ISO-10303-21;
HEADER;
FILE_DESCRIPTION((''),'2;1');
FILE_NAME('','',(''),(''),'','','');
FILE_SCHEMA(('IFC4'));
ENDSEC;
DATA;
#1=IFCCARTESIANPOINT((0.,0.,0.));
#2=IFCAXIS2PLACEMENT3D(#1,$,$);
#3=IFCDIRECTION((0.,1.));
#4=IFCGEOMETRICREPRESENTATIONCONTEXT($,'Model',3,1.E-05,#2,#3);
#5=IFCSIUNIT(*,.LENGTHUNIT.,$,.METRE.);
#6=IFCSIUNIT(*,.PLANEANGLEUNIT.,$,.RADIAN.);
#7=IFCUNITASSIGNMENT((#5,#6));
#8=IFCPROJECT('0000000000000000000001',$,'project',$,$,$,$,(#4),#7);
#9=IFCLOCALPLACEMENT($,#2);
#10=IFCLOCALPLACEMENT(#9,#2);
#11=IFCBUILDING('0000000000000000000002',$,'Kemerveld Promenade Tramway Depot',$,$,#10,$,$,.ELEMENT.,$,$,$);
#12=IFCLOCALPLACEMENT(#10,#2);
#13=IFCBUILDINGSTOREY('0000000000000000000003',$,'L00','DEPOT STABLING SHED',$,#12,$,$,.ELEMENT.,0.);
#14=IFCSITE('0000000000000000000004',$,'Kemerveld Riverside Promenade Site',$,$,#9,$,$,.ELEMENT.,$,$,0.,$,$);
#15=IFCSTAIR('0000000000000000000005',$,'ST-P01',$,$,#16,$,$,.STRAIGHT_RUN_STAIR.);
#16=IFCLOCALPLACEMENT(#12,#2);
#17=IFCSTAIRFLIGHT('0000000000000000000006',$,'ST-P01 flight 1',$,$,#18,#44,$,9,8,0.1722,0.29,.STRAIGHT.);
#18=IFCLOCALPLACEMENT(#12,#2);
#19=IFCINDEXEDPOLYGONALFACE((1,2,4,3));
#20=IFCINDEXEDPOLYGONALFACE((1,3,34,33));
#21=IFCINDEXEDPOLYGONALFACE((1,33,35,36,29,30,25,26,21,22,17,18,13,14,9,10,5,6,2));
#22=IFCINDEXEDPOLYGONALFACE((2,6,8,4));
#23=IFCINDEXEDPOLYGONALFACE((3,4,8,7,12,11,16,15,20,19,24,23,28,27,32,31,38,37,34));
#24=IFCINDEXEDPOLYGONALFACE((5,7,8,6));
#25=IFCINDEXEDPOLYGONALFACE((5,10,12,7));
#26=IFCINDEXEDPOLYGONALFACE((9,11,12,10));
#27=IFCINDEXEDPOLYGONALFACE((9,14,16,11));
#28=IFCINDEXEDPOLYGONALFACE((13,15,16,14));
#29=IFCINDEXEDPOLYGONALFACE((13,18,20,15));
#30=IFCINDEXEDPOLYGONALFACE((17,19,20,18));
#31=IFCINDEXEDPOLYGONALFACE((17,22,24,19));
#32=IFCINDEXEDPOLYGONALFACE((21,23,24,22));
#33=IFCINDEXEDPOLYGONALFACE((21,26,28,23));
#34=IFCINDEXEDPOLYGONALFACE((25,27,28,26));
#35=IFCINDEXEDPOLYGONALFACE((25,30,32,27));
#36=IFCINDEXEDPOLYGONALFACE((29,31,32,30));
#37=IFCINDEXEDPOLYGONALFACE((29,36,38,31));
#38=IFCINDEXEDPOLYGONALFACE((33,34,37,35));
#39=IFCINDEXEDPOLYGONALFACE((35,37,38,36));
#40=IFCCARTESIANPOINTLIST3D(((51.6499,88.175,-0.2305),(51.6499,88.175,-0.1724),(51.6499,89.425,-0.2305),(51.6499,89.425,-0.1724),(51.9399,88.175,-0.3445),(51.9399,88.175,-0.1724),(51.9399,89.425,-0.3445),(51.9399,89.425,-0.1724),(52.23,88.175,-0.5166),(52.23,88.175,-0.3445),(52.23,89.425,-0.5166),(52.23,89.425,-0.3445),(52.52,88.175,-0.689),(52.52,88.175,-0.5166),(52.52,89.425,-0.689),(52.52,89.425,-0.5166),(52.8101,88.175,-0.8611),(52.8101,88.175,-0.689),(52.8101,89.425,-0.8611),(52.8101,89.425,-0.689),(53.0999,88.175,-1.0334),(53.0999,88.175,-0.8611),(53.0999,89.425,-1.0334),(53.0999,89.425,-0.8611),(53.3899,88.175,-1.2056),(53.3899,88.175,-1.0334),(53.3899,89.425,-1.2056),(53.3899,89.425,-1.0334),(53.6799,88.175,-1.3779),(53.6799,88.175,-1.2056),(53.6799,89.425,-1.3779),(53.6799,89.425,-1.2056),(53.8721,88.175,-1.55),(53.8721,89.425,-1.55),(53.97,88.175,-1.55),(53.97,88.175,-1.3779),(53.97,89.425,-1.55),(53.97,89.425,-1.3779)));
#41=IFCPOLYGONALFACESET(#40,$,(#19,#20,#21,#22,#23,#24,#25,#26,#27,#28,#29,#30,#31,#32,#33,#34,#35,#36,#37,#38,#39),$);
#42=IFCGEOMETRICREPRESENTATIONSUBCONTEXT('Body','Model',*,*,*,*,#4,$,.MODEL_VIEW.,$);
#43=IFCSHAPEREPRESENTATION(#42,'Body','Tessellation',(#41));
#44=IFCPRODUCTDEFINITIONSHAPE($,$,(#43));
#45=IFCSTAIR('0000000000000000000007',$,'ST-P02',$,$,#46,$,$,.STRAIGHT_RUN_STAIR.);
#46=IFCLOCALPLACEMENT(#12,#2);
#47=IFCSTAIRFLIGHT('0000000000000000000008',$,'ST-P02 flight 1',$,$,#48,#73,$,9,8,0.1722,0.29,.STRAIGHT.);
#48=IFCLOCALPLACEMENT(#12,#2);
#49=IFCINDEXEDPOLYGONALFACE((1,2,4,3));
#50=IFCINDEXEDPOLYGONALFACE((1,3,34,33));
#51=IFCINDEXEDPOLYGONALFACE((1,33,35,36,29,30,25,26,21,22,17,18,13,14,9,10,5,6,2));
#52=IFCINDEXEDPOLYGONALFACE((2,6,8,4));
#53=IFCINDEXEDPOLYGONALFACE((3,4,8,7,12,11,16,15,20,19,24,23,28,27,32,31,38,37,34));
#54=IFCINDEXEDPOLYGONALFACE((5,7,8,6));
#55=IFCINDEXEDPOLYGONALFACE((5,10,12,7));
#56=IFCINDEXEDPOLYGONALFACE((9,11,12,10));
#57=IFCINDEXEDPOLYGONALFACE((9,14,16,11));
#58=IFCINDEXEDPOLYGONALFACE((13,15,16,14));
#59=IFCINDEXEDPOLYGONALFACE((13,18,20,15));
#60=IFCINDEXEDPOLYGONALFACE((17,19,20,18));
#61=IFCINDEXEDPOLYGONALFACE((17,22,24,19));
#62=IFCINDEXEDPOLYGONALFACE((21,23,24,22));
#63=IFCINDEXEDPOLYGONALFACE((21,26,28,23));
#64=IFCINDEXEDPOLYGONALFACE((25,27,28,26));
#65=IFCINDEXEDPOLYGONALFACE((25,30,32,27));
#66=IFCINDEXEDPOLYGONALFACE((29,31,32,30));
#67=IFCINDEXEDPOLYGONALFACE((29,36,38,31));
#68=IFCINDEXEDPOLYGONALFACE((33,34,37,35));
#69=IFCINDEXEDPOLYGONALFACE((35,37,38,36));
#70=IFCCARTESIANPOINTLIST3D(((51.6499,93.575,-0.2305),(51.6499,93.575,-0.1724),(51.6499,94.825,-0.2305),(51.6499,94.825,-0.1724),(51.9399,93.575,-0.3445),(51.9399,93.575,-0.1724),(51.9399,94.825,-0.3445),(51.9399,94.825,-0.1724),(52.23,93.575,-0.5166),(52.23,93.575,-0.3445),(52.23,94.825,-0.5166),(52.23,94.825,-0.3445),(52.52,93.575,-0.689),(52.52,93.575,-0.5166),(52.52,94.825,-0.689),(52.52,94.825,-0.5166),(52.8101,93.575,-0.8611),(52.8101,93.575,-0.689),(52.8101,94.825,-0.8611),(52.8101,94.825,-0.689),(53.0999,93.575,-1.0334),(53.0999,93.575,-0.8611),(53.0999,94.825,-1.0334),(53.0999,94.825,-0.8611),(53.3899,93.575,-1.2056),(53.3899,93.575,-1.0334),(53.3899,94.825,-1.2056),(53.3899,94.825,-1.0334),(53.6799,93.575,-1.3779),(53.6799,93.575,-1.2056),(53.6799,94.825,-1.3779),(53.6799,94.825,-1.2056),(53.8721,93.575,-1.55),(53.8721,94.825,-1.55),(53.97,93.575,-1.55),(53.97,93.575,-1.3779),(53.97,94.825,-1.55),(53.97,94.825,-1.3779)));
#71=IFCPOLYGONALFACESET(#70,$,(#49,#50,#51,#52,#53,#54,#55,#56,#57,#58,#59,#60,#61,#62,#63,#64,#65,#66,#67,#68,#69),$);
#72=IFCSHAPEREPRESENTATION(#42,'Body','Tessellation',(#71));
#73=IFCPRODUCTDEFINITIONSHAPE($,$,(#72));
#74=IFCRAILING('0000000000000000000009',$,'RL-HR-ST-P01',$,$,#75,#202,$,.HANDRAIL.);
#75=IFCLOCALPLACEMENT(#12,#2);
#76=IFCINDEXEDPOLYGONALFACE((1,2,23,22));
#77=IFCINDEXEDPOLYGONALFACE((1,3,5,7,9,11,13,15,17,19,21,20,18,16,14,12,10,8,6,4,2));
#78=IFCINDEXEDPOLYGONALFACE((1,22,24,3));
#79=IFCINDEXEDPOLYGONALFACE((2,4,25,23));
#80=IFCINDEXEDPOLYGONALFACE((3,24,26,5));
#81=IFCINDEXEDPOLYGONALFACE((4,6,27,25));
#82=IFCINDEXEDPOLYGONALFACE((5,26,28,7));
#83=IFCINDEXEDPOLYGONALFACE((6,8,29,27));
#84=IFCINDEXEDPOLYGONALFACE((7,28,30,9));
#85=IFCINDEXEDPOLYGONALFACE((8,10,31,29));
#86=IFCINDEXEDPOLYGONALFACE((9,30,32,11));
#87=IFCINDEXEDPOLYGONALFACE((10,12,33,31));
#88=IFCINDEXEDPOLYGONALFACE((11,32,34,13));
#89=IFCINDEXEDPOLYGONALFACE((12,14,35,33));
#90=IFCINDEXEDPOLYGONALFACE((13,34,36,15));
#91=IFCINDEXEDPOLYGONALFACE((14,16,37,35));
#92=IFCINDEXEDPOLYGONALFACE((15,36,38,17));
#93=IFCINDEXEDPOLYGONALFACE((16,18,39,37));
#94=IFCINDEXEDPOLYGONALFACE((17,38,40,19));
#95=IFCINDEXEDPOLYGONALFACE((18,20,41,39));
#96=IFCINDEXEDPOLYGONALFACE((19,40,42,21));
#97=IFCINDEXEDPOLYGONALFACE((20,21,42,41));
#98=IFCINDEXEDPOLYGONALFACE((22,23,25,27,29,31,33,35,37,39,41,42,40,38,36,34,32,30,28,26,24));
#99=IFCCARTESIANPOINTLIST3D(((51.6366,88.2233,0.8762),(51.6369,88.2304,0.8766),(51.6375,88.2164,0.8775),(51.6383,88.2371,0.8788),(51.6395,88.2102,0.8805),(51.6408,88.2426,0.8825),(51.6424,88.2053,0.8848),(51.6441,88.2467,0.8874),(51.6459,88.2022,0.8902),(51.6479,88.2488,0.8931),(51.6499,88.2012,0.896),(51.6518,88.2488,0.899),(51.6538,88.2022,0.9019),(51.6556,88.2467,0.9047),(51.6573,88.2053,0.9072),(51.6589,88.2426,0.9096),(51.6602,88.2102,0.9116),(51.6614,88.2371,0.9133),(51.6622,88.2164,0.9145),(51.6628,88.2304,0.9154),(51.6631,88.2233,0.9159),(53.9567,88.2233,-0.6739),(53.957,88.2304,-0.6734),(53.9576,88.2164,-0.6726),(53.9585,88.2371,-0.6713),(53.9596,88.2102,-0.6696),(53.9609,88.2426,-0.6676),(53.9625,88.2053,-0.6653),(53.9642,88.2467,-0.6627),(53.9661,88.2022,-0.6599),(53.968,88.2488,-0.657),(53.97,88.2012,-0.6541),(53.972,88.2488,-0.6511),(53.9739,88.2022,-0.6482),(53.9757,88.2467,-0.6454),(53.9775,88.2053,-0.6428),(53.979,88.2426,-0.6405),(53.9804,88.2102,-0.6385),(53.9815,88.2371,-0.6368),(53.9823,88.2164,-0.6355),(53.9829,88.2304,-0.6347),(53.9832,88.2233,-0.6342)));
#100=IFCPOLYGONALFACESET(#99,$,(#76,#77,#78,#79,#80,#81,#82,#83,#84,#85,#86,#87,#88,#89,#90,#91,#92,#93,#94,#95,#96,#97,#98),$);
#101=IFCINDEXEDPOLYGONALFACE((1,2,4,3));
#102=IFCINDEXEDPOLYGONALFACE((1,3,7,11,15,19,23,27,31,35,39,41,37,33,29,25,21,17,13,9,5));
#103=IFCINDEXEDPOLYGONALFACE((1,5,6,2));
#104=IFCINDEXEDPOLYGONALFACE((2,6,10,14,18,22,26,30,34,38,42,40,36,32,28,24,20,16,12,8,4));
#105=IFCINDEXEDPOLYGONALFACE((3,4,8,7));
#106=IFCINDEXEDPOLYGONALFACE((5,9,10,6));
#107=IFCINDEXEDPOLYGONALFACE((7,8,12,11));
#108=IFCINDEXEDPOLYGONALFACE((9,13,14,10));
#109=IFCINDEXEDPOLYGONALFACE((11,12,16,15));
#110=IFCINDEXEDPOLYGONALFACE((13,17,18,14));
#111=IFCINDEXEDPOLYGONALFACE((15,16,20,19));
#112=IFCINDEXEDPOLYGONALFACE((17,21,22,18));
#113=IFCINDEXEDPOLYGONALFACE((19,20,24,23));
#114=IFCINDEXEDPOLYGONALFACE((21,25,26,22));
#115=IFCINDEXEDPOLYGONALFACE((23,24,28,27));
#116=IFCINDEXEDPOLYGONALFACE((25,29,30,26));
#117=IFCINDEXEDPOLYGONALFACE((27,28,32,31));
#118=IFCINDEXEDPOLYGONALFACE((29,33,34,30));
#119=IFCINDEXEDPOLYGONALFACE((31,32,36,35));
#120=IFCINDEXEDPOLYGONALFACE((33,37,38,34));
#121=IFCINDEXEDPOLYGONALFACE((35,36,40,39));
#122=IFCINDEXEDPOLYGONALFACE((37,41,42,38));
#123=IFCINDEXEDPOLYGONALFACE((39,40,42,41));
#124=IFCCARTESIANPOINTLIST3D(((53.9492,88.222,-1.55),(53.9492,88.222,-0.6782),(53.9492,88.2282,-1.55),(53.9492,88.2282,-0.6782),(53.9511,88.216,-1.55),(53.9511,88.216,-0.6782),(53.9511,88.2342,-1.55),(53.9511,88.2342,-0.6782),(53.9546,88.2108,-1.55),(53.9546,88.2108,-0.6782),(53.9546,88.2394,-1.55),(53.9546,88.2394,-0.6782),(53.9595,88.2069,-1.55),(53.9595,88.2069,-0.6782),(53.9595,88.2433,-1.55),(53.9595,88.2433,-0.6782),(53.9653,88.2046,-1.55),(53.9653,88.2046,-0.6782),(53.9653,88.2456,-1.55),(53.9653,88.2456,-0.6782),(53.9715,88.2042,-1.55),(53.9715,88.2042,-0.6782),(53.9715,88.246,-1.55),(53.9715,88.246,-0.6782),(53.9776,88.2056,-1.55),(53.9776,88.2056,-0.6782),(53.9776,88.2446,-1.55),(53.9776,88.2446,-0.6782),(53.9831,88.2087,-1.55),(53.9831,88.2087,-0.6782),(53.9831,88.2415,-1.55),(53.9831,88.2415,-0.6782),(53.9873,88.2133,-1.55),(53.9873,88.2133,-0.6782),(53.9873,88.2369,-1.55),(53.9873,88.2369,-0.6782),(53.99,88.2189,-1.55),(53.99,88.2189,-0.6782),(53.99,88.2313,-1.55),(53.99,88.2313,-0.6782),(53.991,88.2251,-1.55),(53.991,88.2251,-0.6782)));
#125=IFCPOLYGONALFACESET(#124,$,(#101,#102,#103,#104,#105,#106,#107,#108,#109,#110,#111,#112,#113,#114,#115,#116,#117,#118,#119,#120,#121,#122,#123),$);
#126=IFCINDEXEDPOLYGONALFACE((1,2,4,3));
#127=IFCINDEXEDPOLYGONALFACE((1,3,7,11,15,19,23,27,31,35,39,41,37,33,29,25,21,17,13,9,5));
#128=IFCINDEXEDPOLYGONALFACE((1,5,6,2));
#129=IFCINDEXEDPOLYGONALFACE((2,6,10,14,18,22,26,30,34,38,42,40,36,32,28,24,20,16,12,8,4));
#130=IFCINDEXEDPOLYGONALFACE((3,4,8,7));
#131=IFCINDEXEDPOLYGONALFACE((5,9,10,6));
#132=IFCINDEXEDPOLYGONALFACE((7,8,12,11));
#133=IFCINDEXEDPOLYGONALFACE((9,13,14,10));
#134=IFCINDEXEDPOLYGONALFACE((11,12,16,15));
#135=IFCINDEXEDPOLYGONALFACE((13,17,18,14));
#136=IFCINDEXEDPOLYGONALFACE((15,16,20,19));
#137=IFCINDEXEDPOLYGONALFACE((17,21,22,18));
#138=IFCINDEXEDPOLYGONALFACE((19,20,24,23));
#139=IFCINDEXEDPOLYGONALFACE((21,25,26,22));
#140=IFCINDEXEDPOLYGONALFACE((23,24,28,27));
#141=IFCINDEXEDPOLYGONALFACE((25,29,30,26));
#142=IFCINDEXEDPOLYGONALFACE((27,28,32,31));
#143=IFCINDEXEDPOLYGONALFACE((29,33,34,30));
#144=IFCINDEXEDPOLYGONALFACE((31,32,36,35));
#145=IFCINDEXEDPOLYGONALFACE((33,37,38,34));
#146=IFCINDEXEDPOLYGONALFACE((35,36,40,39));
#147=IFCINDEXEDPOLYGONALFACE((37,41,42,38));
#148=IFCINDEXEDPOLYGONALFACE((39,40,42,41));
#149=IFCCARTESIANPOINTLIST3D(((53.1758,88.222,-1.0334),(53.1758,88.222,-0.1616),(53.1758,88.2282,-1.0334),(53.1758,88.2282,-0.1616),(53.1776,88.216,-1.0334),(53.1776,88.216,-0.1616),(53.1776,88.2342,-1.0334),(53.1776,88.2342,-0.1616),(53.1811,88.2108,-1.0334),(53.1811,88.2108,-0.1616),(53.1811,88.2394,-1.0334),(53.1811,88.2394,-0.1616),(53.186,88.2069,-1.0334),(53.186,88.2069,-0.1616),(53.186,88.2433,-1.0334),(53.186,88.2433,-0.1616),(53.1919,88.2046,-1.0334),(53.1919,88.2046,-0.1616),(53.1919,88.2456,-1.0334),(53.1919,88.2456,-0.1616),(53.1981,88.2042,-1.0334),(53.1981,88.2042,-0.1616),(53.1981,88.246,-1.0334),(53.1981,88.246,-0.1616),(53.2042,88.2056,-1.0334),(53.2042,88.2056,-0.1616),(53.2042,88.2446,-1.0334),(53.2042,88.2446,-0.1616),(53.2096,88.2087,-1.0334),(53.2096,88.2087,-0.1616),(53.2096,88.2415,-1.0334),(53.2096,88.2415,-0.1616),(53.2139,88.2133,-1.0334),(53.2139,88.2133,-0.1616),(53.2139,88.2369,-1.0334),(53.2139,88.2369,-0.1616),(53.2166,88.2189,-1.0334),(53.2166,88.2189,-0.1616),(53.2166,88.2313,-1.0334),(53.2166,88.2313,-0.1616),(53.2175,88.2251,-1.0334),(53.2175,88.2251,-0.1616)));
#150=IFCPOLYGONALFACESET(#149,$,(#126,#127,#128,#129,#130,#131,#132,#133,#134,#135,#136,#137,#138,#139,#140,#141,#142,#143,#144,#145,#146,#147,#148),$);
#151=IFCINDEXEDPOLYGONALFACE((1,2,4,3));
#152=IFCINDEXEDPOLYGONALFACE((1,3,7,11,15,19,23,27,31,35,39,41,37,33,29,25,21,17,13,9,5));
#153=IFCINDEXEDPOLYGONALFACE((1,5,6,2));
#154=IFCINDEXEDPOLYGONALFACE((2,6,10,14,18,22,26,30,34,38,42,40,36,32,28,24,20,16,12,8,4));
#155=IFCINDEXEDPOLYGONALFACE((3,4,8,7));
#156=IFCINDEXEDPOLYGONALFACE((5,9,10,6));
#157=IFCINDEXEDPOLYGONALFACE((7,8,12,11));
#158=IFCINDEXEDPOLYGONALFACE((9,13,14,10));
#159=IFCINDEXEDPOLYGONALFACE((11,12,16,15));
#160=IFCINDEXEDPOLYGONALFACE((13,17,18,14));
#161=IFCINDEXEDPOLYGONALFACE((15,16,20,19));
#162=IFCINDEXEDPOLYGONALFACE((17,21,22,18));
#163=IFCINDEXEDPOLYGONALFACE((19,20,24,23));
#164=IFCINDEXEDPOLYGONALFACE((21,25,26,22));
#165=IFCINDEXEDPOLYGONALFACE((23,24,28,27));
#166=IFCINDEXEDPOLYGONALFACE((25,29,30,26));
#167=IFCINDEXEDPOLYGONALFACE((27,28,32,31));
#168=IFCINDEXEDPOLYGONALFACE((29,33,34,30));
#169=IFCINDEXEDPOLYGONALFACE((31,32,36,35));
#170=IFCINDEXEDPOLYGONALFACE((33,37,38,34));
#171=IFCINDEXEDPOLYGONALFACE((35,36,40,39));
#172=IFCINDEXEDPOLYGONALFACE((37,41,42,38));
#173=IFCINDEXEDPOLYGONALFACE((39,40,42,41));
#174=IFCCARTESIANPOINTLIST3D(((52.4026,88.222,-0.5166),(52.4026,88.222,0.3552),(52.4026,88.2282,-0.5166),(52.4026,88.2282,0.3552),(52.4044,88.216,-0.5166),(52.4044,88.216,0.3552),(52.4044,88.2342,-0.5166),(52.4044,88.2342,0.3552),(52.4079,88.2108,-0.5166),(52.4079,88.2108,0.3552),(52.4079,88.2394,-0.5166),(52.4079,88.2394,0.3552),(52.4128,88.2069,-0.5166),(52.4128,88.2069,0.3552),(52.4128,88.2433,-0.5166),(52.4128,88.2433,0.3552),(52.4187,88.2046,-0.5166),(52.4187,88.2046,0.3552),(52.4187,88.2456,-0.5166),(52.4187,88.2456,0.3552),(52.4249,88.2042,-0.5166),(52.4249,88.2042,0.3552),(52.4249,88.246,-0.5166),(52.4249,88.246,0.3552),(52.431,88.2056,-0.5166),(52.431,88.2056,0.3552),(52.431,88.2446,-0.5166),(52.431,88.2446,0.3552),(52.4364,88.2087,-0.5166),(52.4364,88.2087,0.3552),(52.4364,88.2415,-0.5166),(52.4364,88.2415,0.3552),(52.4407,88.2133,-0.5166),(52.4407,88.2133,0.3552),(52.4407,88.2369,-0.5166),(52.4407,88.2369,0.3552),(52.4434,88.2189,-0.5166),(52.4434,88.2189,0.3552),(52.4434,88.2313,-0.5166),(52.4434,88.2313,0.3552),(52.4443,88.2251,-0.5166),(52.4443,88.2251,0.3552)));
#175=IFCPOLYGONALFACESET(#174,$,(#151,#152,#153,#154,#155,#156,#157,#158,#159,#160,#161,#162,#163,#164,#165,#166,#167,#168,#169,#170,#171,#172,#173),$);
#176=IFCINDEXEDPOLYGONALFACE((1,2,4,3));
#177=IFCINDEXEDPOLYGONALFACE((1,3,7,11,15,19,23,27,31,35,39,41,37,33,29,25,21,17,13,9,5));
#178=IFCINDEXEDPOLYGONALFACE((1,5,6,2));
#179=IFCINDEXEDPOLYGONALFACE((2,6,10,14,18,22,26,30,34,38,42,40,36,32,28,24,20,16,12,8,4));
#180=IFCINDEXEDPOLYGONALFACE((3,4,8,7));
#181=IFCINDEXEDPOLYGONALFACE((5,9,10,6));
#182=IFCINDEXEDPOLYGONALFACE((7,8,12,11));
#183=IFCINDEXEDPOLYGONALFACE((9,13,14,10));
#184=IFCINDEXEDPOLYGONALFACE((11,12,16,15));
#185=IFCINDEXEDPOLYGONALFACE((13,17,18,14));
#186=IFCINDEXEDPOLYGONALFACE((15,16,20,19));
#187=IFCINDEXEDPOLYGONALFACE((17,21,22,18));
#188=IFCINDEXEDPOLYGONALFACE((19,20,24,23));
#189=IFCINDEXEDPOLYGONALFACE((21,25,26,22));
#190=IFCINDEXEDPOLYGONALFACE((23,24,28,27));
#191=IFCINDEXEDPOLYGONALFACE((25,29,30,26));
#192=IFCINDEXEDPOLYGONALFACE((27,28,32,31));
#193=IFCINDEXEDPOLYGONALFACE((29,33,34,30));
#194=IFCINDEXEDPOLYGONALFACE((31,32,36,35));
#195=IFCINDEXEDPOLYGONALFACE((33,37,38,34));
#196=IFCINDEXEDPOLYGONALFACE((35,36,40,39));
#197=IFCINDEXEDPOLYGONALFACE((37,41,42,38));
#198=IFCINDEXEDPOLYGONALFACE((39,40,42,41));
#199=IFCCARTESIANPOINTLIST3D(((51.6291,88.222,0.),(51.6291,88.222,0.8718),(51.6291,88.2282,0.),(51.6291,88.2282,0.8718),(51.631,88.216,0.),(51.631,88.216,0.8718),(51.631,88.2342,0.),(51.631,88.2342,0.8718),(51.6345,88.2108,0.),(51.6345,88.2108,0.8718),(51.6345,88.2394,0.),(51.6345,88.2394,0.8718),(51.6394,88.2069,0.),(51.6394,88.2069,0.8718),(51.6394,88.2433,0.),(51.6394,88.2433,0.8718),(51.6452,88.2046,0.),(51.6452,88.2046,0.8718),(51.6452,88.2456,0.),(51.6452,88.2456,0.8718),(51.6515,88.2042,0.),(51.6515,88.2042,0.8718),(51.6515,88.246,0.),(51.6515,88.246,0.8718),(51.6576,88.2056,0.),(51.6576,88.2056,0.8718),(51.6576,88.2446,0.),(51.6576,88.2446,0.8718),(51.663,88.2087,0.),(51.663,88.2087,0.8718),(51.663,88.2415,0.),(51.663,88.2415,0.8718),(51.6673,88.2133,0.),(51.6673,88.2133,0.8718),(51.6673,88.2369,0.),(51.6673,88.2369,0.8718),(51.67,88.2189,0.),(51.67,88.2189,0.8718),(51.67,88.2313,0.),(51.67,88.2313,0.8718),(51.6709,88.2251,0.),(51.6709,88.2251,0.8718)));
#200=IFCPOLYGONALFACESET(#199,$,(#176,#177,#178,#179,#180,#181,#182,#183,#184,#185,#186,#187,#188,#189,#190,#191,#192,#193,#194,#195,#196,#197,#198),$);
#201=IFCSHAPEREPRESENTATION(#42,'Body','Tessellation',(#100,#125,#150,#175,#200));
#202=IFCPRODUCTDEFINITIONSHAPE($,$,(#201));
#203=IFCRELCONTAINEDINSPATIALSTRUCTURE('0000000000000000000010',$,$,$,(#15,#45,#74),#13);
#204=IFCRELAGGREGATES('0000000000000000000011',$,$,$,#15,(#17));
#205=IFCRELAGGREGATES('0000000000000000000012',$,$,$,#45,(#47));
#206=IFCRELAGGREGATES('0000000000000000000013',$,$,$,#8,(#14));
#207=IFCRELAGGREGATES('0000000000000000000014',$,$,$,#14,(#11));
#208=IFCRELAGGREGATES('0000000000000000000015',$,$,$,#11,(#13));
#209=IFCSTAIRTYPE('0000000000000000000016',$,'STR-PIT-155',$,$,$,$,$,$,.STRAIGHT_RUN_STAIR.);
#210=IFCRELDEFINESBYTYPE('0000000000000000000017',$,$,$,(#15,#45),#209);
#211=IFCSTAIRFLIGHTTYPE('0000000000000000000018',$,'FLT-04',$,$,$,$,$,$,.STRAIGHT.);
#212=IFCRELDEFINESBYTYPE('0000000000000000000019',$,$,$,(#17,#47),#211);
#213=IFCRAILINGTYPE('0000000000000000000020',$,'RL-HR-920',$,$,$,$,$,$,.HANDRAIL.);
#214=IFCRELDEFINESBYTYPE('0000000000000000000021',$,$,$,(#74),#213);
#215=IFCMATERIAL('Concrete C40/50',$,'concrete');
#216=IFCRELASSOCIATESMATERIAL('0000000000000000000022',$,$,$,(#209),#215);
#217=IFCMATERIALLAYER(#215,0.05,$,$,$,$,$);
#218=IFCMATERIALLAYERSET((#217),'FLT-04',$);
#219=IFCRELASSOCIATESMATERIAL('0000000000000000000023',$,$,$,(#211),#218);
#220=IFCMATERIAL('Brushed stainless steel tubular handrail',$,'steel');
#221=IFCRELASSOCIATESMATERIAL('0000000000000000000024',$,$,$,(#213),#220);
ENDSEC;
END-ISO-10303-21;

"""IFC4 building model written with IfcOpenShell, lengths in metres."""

from ifc_helpers import new_model, si_unit, direction, frame, origin, origin_2d, place, context, subcontext, project, spatial, polyline, circle, outline, extrude, material, layer, layer_set, type_object, element, aggregate, save


model = new_model("IFC4")

# Units and contexts
model_context = context("Model", 3, precision=1e-05, world=origin(), true_north=direction((0.0, 1.0)))
body_context = subcontext(model_context, "Body", "Model", "MODEL_VIEW")
ifc_project = project(units=[si_unit("LENGTHUNIT", "METRE"), si_unit("PLANEANGLEUNIT", "RADIAN")], contexts=[model_context])

# Site, building, storey
site_placement = place(None, origin())
site = spatial("IfcSite", under=ifc_project, at=site_placement, Name="Kemerveld Riverside Promenade Site", CompositionType="ELEMENT", RefElevation=0.0)
building_placement = place(site_placement, origin())
building = spatial("IfcBuilding", under=site, at=building_placement, Name="Kemerveld Promenade Tramway Depot", CompositionType="ELEMENT")
storey_placement = place(building_placement, origin())
storey = spatial("IfcBuildingStorey", under=building, at=storey_placement, Name="L00", Description="DEPOT STABLING SHED", CompositionType="ELEMENT", Elevation=0.0)

# Stairs, stair flights
ifc_material_1 = material(Name="Concrete C40/50", Category="concrete")
stair_type = type_object("IfcStairType", Name="STR-PIT-155", PredefinedType="STRAIGHT_RUN_STAIR", material=ifc_material_1)
stair_1_placement = place(storey_placement, origin())
stair_1 = element("IfcStair", 1, at=stair_1_placement, inside=storey, type_object=stair_type, Name="ST-P01", PredefinedType="STRAIGHT_RUN_STAIR")
ifc_layer_1 = layer(ifc_material_1, 0.05)
ifc_layer_set_1 = layer_set([ifc_layer_1], Name="FLT-04")
stair_flight_type = type_object("IfcStairFlightType", Name="FLT-04", PredefinedType="STRAIGHT", material=ifc_layer_set_1)
stair_flight_1_placement = place(storey_placement, frame((53.97, 88.8, -1.55), z_axis=(0.0, 0.0, 1.0), x_axis=(-1.0, 0.0, 0.0)))
stair_flight_1 = element("IfcStairFlight", 2, at=stair_flight_1_placement, type_object=stair_flight_type, Name="ST-P01 flight 1", NumberOfRisers=9, NumberOfTreads=8, PredefinedType="STRAIGHT", RiserHeight=0.1722, TreadLength=0.29, context=body_context, shape_type="SweptSolid", body=[
    extrude(outline(polyline([(0.0, 0.0), (0.0, 0.1721), (0.29, 0.1721), (0.29, 0.3445), (0.5801, 0.3445), (0.5801, 0.5166), (0.8701, 0.5166), (0.8701, 0.689), (1.1599, 0.689), (1.1599, 0.8611), (1.45, 0.8611), (1.45, 1.0334), (1.74, 1.0334), (1.74, 1.2056), (2.03, 1.2056), (2.03, 1.3777), (2.3201, 1.3777), (2.3201, 1.55), (2.3201, 1.3196), (0.0979, 0.0), (0.0, 0.0)])), frame((0.0, 0.625, 0.0), z_axis=(0.0, -1.0, 0.0), x_axis=(1.0, 0.0, 0.0)), (0.0, 0.0, 1.0), 1.25),
])
aggregate(stair_1, [stair_flight_1])
stair_2_placement = place(storey_placement, origin())
stair_2 = element("IfcStair", 3, at=stair_2_placement, inside=storey, type_object=stair_type, Name="ST-P02", PredefinedType="STRAIGHT_RUN_STAIR")
stair_flight_2_placement = place(storey_placement, frame((53.97, 94.2, -1.55), z_axis=(0.0, 0.0, 1.0), x_axis=(-1.0, 0.0, 0.0)))
stair_flight_2 = element("IfcStairFlight", 4, at=stair_flight_2_placement, type_object=stair_flight_type, Name="ST-P02 flight 1", NumberOfRisers=9, NumberOfTreads=8, PredefinedType="STRAIGHT", RiserHeight=0.1722, TreadLength=0.29, context=body_context, shape_type="SweptSolid", body=[
    extrude(outline(polyline([(0.0, 0.0), (0.0, 0.1721), (0.29, 0.1721), (0.29, 0.3445), (0.5801, 0.3445), (0.5801, 0.5166), (0.8701, 0.5166), (0.8701, 0.689), (1.1599, 0.689), (1.1599, 0.8611), (1.45, 0.8611), (1.45, 1.0334), (1.74, 1.0334), (1.74, 1.2056), (2.03, 1.2056), (2.03, 1.3777), (2.3201, 1.3777), (2.3201, 1.55), (2.3201, 1.3196), (0.0979, 0.0), (0.0, 0.0)])), frame((0.0, 0.625, 0.0), z_axis=(0.0, -1.0, 0.0), x_axis=(1.0, 0.0, 0.0)), (0.0, 0.0, 1.0), 1.25),
])
aggregate(stair_2, [stair_flight_2])

# Railing
ifc_material_2 = material(Name="Brushed stainless steel tubular handrail", Category="steel")
railing_type = type_object("IfcRailingType", Name="RL-HR-920", PredefinedType="HANDRAIL", material=ifc_material_2)
for number, where, name in (
    (5, (53.97, 88.2251, -1.55), "RL-HR-ST-P01"),
):
    element("IfcRailing", number, at=place(storey_placement, frame(where)), inside=storey, type_object=railing_type, Name=name, PredefinedType="HANDRAIL", context=body_context, shape_type="SweptSolid", body=[
        extrude(circle(Radius=0.0239, at=origin_2d()), frame((0.0, 0.0, 0.896), z_axis=(-0.831498, 0.0, 0.555528), x_axis=(0.0, -1.0, 0.0)), (0.0, 0.0, 1.0), 2.7903),
        extrude(circle(Radius=0.021, at=origin_2d()), origin(), (0.0, 0.0, 1.0), 0.8718),
        extrude(circle(Radius=0.021, at=origin_2d()), frame((-0.7734, 0.0, 0.5166)), (0.0, 0.0, 1.0), 0.8718),
        extrude(circle(Radius=0.021, at=origin_2d()), frame((-1.5466, 0.0, 1.0334)), (0.0, 0.0, 1.0), 0.8718),
        extrude(circle(Radius=0.021, at=origin_2d()), frame((-2.3201, 0.0, 1.55)), (0.0, 0.0, 1.0), 0.8718),
    ])

save(model, "model.ifc")
